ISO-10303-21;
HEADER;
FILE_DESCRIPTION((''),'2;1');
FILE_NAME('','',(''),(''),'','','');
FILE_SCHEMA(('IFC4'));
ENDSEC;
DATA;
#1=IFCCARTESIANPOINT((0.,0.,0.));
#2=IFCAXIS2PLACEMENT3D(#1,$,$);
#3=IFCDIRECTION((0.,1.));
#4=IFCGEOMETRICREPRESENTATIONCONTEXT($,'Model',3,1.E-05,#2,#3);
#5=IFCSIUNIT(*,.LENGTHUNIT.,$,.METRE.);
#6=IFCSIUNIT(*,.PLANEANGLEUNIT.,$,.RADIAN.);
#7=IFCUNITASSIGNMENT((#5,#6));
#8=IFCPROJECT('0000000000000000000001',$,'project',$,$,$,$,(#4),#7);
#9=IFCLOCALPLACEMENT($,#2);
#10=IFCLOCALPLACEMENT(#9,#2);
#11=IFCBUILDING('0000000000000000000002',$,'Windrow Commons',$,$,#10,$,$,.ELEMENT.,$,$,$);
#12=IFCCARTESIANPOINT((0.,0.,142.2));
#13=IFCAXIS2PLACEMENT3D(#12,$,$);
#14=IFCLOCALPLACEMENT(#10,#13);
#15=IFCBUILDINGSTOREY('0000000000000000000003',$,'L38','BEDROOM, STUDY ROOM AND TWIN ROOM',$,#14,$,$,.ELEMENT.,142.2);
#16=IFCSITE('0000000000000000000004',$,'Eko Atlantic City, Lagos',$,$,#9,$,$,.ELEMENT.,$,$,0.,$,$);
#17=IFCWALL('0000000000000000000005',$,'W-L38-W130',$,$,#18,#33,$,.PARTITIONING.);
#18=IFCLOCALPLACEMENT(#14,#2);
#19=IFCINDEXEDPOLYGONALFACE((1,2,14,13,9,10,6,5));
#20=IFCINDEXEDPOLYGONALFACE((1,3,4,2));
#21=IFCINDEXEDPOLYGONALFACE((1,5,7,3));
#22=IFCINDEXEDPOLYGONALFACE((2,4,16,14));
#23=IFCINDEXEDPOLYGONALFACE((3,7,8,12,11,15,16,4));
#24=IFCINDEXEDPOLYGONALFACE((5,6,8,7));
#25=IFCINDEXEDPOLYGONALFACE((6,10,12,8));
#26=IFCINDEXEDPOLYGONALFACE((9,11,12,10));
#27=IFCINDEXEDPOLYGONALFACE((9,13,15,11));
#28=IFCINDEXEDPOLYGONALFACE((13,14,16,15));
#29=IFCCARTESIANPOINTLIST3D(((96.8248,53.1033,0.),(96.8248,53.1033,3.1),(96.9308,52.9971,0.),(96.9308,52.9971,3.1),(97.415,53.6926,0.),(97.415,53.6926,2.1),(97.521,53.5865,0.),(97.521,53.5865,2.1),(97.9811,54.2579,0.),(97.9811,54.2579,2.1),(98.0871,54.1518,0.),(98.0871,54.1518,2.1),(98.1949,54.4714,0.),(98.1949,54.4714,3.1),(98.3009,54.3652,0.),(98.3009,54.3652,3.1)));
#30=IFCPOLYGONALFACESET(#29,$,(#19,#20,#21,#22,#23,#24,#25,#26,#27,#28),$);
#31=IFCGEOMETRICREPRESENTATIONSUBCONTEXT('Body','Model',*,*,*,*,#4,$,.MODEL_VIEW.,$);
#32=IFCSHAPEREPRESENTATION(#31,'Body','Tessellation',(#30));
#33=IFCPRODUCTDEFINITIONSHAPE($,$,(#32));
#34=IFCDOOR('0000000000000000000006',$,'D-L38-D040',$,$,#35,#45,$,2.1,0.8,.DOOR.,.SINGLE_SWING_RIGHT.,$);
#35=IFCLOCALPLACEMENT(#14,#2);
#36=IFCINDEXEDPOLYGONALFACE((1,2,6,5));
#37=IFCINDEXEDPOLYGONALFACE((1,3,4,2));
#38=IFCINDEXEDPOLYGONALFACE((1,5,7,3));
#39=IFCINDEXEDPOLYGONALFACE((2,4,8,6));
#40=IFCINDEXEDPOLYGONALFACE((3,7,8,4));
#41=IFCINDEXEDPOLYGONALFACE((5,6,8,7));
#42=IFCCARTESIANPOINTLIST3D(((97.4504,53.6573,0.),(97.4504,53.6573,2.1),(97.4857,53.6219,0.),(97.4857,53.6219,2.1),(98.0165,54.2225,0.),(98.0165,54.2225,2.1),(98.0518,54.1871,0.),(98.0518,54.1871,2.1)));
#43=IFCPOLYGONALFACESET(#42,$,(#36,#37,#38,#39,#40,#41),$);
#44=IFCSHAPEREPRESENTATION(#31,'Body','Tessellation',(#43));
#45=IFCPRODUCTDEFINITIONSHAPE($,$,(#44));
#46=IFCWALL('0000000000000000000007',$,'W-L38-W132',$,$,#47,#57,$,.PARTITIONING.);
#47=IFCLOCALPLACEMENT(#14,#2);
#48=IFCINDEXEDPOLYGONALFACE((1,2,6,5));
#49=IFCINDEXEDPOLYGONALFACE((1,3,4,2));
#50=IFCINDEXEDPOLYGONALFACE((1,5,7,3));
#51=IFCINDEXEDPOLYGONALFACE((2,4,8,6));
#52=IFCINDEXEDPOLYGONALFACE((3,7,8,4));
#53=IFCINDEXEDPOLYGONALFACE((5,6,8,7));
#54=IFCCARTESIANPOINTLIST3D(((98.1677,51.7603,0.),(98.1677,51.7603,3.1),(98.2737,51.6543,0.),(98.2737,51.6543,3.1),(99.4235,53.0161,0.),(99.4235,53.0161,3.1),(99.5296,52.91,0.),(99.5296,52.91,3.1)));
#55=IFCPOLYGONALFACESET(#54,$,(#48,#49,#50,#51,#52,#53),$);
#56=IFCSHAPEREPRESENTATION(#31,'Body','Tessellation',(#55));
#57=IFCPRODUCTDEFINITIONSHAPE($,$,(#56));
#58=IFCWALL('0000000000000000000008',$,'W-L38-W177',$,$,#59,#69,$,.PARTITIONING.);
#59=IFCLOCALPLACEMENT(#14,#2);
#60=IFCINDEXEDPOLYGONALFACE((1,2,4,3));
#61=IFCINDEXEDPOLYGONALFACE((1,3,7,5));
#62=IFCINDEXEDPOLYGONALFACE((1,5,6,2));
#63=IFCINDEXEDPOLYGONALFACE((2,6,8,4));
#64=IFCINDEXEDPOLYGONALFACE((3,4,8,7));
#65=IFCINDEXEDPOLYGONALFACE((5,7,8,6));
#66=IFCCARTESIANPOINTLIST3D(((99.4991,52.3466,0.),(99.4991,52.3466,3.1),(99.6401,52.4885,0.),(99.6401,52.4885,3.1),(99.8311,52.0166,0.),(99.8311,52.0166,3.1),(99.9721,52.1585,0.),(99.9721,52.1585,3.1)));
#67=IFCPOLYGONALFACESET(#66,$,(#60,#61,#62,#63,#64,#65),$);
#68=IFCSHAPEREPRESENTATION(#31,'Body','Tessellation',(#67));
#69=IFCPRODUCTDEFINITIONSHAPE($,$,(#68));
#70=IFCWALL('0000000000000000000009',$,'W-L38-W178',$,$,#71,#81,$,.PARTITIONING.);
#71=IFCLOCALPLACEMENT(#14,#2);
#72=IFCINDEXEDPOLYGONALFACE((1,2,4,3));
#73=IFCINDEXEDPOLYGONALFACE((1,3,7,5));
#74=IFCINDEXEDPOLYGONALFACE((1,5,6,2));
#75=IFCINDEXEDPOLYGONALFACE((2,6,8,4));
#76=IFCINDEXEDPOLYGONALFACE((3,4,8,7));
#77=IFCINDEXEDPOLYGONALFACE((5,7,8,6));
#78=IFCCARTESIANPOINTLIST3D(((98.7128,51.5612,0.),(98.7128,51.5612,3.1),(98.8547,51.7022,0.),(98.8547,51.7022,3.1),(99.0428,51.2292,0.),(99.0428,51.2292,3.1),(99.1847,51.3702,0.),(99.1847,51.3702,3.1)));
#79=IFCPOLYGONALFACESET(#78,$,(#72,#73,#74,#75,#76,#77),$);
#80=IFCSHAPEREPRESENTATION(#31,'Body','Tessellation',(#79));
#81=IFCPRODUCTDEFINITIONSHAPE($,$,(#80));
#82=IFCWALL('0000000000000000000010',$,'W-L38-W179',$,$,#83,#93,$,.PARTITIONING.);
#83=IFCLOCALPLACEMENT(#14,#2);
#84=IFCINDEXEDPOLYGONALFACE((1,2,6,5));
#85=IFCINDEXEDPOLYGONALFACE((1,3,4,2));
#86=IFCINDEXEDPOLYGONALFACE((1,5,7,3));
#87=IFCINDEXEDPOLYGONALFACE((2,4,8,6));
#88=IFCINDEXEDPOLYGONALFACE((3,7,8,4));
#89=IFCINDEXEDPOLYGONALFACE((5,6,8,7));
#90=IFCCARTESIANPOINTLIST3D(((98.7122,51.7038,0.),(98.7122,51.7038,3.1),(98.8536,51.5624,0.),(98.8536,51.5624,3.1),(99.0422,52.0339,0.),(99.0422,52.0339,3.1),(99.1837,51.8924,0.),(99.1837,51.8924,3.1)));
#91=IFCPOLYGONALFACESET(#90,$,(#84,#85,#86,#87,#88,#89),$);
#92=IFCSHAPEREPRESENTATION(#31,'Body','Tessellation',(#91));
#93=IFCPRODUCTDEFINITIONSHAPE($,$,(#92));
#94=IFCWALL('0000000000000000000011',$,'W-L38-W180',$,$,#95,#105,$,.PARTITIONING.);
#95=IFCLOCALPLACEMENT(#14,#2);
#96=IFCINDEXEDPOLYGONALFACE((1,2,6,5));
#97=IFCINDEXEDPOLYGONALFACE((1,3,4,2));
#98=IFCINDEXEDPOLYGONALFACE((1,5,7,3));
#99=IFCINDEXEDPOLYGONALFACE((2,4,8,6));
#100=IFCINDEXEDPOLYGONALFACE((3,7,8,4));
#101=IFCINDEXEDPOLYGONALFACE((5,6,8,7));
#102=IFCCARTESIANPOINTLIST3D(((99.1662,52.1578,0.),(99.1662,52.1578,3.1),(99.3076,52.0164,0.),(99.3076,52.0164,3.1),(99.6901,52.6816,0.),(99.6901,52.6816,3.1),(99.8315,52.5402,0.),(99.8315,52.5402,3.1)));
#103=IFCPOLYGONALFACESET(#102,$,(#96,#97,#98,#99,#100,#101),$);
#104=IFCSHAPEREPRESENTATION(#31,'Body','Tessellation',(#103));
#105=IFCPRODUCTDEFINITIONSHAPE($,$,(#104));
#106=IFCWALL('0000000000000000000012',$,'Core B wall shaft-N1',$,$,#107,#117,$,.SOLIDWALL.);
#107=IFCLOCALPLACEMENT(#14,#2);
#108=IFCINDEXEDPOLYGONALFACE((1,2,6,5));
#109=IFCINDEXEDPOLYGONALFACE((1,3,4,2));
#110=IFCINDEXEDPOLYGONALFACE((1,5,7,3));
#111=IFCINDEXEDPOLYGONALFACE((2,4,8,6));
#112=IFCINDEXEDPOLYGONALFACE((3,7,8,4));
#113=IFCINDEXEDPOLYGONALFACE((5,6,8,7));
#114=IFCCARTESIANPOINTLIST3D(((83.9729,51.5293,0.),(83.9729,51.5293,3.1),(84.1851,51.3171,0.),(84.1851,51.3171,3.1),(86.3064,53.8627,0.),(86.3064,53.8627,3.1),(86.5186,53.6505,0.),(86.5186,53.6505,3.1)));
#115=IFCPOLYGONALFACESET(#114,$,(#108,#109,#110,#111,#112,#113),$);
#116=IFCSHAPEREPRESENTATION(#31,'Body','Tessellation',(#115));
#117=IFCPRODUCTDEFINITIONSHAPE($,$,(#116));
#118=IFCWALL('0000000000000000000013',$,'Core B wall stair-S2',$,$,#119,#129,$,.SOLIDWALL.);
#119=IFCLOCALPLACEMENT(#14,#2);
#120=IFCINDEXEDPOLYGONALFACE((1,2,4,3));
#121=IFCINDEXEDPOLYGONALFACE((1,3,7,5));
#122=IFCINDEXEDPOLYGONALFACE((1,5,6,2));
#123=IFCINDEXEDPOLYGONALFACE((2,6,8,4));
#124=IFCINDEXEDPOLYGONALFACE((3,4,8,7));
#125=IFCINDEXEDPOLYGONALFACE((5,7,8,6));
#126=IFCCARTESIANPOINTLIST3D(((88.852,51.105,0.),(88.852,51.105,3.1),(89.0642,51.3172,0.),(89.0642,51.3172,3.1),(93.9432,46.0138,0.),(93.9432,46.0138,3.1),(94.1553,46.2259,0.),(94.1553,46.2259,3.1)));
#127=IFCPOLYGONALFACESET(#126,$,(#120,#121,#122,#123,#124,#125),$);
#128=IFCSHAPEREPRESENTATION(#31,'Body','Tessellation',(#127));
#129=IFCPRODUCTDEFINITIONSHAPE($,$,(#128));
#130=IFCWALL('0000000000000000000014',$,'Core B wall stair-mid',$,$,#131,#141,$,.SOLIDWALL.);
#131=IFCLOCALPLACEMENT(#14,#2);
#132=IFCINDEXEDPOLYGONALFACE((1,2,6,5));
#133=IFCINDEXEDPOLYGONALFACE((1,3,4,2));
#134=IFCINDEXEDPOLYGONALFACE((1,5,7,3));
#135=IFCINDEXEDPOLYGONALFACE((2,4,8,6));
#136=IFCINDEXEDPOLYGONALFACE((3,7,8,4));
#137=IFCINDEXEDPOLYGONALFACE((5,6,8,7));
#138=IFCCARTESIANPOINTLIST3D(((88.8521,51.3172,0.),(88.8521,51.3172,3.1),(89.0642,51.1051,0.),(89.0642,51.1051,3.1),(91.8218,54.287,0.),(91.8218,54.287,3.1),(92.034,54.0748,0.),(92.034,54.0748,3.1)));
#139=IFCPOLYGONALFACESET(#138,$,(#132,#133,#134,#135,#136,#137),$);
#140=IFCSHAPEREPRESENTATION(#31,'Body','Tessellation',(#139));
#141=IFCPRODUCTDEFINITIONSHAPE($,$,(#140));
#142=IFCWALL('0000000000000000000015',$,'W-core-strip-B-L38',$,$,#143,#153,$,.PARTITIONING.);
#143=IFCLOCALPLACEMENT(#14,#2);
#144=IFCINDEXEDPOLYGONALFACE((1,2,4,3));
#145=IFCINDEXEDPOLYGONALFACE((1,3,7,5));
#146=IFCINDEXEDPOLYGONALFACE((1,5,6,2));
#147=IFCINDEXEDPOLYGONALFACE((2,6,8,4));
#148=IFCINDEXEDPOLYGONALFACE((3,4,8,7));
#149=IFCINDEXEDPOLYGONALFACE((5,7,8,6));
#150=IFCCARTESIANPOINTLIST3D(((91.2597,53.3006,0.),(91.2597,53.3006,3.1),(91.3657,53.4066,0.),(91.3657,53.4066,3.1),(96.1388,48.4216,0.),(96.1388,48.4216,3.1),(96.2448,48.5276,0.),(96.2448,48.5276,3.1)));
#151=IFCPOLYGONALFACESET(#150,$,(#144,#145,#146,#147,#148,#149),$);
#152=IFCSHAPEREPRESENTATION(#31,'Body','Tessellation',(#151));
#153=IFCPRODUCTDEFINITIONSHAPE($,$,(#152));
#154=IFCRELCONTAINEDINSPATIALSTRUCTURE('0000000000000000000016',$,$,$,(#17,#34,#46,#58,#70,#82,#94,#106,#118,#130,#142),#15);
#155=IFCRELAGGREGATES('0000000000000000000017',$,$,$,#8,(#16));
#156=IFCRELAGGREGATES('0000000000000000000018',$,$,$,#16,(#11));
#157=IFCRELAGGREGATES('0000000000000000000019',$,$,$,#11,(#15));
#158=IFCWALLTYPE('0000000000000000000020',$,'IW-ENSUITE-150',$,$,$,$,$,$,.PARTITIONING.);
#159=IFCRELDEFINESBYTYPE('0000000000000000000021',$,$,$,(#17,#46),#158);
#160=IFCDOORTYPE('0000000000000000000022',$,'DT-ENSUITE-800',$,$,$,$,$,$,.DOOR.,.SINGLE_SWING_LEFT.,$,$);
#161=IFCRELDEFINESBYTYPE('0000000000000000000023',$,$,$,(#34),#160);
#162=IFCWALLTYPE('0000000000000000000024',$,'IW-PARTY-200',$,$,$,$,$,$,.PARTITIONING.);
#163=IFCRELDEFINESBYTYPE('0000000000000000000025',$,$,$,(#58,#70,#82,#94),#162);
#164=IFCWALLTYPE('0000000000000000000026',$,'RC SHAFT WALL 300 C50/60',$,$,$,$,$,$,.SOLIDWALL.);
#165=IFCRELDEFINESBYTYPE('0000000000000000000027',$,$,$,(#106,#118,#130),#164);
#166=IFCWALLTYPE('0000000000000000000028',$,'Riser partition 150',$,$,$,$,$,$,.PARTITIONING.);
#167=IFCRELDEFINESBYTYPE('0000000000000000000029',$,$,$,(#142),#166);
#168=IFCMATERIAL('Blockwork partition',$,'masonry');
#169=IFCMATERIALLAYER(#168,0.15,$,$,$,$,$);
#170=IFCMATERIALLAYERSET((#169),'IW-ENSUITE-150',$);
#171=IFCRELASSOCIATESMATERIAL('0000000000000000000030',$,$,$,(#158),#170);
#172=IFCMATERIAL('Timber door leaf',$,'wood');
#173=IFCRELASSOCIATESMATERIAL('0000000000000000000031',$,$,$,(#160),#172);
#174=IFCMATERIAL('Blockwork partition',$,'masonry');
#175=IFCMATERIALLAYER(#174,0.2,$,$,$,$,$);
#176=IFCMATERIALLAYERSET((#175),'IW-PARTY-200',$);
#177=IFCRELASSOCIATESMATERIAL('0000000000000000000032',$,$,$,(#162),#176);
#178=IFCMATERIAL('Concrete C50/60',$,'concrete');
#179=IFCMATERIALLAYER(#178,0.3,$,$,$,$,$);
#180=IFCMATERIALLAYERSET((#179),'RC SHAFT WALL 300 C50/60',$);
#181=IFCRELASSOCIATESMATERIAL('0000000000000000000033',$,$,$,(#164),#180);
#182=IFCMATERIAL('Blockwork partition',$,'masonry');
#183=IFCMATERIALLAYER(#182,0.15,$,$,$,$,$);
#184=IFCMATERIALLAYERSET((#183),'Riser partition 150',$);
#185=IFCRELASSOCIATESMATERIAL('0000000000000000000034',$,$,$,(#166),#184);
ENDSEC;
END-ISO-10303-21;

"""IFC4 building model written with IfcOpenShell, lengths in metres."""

from ifc_helpers import new_model, si_unit, direction, frame, frame_2d, origin, place, context, subcontext, project, spatial, rectangle, extrude, material, layer, layer_set, type_object, element, fill, save


model = new_model("IFC4")

# Units and contexts
model_context = context("Model", 3, precision=1e-05, world=origin(), true_north=direction((0.0, 1.0)))
body_context = subcontext(model_context, "Body", "Model", "MODEL_VIEW")
ifc_project = project(units=[si_unit("LENGTHUNIT", "METRE"), si_unit("PLANEANGLEUNIT", "RADIAN")], contexts=[model_context])

# Site, building, storey
site_placement = place(None, origin())
site = spatial("IfcSite", under=ifc_project, at=site_placement, Name="Eko Atlantic City, Lagos", CompositionType="ELEMENT", RefElevation=0.0)
building_placement = place(site_placement, origin())
building = spatial("IfcBuilding", under=site, at=building_placement, Name="Windrow Commons", CompositionType="ELEMENT")
storey_placement = place(building_placement, frame((0.0, 0.0, 142.2)))
storey = spatial("IfcBuildingStorey", under=building, at=storey_placement, Name="L38", Description="BEDROOM, STUDY ROOM AND TWIN ROOM", CompositionType="ELEMENT", Elevation=142.2)

# Wall, opening, door
ifc_material_1 = material(Name="Blockwork partition", Category="masonry")
ifc_layer_1 = layer(ifc_material_1, 0.15)
ifc_layer_set_1 = layer_set([ifc_layer_1], Name="IW-ENSUITE-150")
wall_type_1 = type_object("IfcWallType", Name="IW-ENSUITE-150", PredefinedType="PARTITIONING", material=ifc_layer_set_1)
wall_1_placement = place(storey_placement, frame((96.8778, 53.0502, 0.0), z_axis=(0.0, 0.0, 1.0), x_axis=(0.707623, 0.70659, 0.0)))
wall_1 = element("IfcWall", 1, at=wall_1_placement, inside=storey, type_object=wall_type_1, Name="W-L38-W130", PredefinedType="PARTITIONING", context=body_context, shape_type="SweptSolid", body=[
    extrude(rectangle(XDim=1.9362, YDim=0.15, at=frame_2d((0.9681, 0.0))), origin(), (0.0, 0.0, 1.0), 3.1),
])
opening_1_placement = place(wall_1_placement, frame((0.8341, 0.0, 0.0)))
opening_1 = element("IfcOpeningElement", 2, at=opening_1_placement, cuts=wall_1, PredefinedType="OPENING", context=body_context, shape_type="SweptSolid", body=[
    extrude(rectangle(XDim=0.8, YDim=2.1, at=frame_2d((0.4, 1.05))), frame((0.0, 0.085, 0.0), z_axis=(0.0, -1.0, 0.0), x_axis=(1.0, 0.0, 0.0)), (0.0, 0.0, 1.0), 0.17),
])
ifc_material_2 = material(Name="Timber door leaf", Category="wood")
door_type = type_object("IfcDoorType", Name="DT-ENSUITE-800", OperationType="SINGLE_SWING_LEFT", PredefinedType="DOOR", material=ifc_material_2)
door_placement = place(opening_1_placement, origin())
door = element("IfcDoor", 3, at=door_placement, inside=storey, type_object=door_type, Name="D-L38-D040", OperationType="SINGLE_SWING_RIGHT", OverallHeight=2.1, OverallWidth=0.8, PredefinedType="DOOR", context=body_context, shape_type="SweptSolid", body=[
    extrude(rectangle(XDim=0.8, YDim=2.1, at=frame_2d((0.4, 1.05))), frame((0.0, 0.025, 0.0), z_axis=(0.0, -1.0, 0.0), x_axis=(1.0, 0.0, 0.0)), (0.0, 0.0, 1.0), 0.05),
])
fill(opening_1, door)

# Walls
wall_2_placement = place(storey_placement, frame((98.2207, 51.7073, 0.0), z_axis=(0.0, 0.0, 1.0), x_axis=(0.707135, 0.707079, 0.0)))
element("IfcWall", 4, at=wall_2_placement, inside=storey, type_object=wall_type_1, Name="W-L38-W132", PredefinedType="PARTITIONING", context=body_context, shape_type="SweptSolid", body=[
    extrude(rectangle(XDim=1.776, YDim=0.15, at=frame_2d((0.888, 0.0))), origin(), (0.0, 0.0, 1.0), 3.1),
])
ifc_material_3 = material(Name="Blockwork partition", Category="masonry")
ifc_layer_2 = layer(ifc_material_3, 0.2)
ifc_layer_set_2 = layer_set([ifc_layer_2], Name="IW-PARTY-200")
wall_type_2 = type_object("IfcWallType", Name="IW-PARTY-200", PredefinedType="PARTITIONING", material=ifc_layer_set_2)
for number, where, z_axis, x_axis, name in (
    (5, (99.5696, 52.4176, 0.0), (0.0, 0.0, 1.0), (0.70924, -0.704967, 0.0), "W-L38-W177"),
    (6, (98.7837, 51.6317, 0.0), (0.0, 0.0, 1.0), (0.704967, -0.70924, 0.0), "W-L38-W178"),
):
    element("IfcWall", number, at=place(storey_placement, frame(where, z_axis=z_axis, x_axis=x_axis)), inside=storey, type_object=wall_type_2, Name=name, PredefinedType="PARTITIONING", context=body_context, shape_type="SweptSolid", body=[
        extrude(rectangle(XDim=0.4681, YDim=0.2, at=frame_2d((0.2341, 0.0))), origin(), (0.0, 0.0, 1.0), 3.1),
    ])
wall_3_placement = place(storey_placement, frame((98.7829, 51.6331, 0.0), z_axis=(0.0, 0.0, 1.0), x_axis=(0.707107, 0.707107, 0.0)))
element("IfcWall", 7, at=wall_3_placement, inside=storey, type_object=wall_type_2, Name="W-L38-W179", PredefinedType="PARTITIONING", context=body_context, shape_type="SweptSolid", body=[
    extrude(rectangle(XDim=0.4667, YDim=0.2, at=frame_2d((0.2334, 0.0))), origin(), (0.0, 0.0, 1.0), 3.1),
])
wall_4_placement = place(storey_placement, frame((99.2369, 52.0871, 0.0), z_axis=(0.0, 0.0, 1.0), x_axis=(0.707174, 0.707039, 0.0)))
element("IfcWall", 8, at=wall_4_placement, inside=storey, type_object=wall_type_2, Name="W-L38-W180", PredefinedType="PARTITIONING", context=body_context, shape_type="SweptSolid", body=[
    extrude(rectangle(XDim=0.7408, YDim=0.2, at=frame_2d((0.3704, 0.0))), origin(), (0.0, 0.0, 1.0), 3.1),
])
ifc_material_4 = material(Name="Concrete C50/60", Category="concrete")
ifc_layer_3 = layer(ifc_material_4, 0.3)
ifc_layer_set_3 = layer_set([ifc_layer_3], Name="RC SHAFT WALL 300 C50/60")
wall_type_3 = type_object("IfcWallType", Name="RC SHAFT WALL 300 C50/60", PredefinedType="SOLIDWALL", material=ifc_layer_set_3)
wall_5_placement = place(storey_placement, frame((84.079, 51.4232, 0.0), z_axis=(0.0, 0.0, 1.0), x_axis=(0.707122, 0.707092, 0.0)))
element("IfcWall", 9, at=wall_5_placement, inside=storey, type_object=wall_type_3, Name="Core B wall shaft-N1", PredefinedType="SOLIDWALL", context=body_context, shape_type="SweptSolid", body=[
    extrude(rectangle(XDim=3.3, YDim=0.3, at=frame_2d((1.65, 0.0))), origin(), (0.0, 0.0, 1.0), 3.1),
])
wall_6_placement = place(storey_placement, frame((88.9581, 51.2111, 0.0), z_axis=(0.0, 0.0, 1.0), x_axis=(0.7071, -0.707114, 0.0)))
element("IfcWall", 10, at=wall_6_placement, inside=storey, type_object=wall_type_3, Name="Core B wall stair-S2", PredefinedType="SOLIDWALL", context=body_context, shape_type="SweptSolid", body=[
    extrude(rectangle(XDim=7.2, YDim=0.3, at=frame_2d((3.6, 0.0))), origin(), (0.0, 0.0, 1.0), 3.1),
])
wall_7_placement = place(storey_placement, frame((88.9581, 51.2111, 0.0), z_axis=(0.0, 0.0, 1.0), x_axis=(0.707107, 0.707107, 0.0)))
element("IfcWall", 11, at=wall_7_placement, inside=storey, type_object=wall_type_3, Name="Core B wall stair-mid", PredefinedType="SOLIDWALL", context=body_context, shape_type="SweptSolid", body=[
    extrude(rectangle(XDim=4.1999, YDim=0.3, at=frame_2d((2.1, 0.0))), origin(), (0.0, 0.0, 1.0), 3.1),
])
ifc_material_5 = material(Name="Blockwork partition", Category="masonry")
ifc_layer_4 = layer(ifc_material_5, 0.15)
ifc_layer_set_4 = layer_set([ifc_layer_4], Name="Riser partition 150")
wall_type_4 = type_object("IfcWallType", Name="Riser partition 150", PredefinedType="PARTITIONING", material=ifc_layer_set_4)
wall_8_placement = place(storey_placement, frame((91.3127, 53.3536, 0.0), z_axis=(0.0, 0.0, 1.0), x_axis=(0.707114, -0.7071, 0.0)))
element("IfcWall", 12, at=wall_8_placement, inside=storey, type_object=wall_type_4, Name="W-core-strip-B-L38", PredefinedType="PARTITIONING", context=body_context, shape_type="SweptSolid", body=[
    extrude(rectangle(XDim=6.9, YDim=0.15, at=frame_2d((3.45, 0.0))), origin(), (0.0, 0.0, 1.0), 3.1),
])

save(model, "model.ifc")
